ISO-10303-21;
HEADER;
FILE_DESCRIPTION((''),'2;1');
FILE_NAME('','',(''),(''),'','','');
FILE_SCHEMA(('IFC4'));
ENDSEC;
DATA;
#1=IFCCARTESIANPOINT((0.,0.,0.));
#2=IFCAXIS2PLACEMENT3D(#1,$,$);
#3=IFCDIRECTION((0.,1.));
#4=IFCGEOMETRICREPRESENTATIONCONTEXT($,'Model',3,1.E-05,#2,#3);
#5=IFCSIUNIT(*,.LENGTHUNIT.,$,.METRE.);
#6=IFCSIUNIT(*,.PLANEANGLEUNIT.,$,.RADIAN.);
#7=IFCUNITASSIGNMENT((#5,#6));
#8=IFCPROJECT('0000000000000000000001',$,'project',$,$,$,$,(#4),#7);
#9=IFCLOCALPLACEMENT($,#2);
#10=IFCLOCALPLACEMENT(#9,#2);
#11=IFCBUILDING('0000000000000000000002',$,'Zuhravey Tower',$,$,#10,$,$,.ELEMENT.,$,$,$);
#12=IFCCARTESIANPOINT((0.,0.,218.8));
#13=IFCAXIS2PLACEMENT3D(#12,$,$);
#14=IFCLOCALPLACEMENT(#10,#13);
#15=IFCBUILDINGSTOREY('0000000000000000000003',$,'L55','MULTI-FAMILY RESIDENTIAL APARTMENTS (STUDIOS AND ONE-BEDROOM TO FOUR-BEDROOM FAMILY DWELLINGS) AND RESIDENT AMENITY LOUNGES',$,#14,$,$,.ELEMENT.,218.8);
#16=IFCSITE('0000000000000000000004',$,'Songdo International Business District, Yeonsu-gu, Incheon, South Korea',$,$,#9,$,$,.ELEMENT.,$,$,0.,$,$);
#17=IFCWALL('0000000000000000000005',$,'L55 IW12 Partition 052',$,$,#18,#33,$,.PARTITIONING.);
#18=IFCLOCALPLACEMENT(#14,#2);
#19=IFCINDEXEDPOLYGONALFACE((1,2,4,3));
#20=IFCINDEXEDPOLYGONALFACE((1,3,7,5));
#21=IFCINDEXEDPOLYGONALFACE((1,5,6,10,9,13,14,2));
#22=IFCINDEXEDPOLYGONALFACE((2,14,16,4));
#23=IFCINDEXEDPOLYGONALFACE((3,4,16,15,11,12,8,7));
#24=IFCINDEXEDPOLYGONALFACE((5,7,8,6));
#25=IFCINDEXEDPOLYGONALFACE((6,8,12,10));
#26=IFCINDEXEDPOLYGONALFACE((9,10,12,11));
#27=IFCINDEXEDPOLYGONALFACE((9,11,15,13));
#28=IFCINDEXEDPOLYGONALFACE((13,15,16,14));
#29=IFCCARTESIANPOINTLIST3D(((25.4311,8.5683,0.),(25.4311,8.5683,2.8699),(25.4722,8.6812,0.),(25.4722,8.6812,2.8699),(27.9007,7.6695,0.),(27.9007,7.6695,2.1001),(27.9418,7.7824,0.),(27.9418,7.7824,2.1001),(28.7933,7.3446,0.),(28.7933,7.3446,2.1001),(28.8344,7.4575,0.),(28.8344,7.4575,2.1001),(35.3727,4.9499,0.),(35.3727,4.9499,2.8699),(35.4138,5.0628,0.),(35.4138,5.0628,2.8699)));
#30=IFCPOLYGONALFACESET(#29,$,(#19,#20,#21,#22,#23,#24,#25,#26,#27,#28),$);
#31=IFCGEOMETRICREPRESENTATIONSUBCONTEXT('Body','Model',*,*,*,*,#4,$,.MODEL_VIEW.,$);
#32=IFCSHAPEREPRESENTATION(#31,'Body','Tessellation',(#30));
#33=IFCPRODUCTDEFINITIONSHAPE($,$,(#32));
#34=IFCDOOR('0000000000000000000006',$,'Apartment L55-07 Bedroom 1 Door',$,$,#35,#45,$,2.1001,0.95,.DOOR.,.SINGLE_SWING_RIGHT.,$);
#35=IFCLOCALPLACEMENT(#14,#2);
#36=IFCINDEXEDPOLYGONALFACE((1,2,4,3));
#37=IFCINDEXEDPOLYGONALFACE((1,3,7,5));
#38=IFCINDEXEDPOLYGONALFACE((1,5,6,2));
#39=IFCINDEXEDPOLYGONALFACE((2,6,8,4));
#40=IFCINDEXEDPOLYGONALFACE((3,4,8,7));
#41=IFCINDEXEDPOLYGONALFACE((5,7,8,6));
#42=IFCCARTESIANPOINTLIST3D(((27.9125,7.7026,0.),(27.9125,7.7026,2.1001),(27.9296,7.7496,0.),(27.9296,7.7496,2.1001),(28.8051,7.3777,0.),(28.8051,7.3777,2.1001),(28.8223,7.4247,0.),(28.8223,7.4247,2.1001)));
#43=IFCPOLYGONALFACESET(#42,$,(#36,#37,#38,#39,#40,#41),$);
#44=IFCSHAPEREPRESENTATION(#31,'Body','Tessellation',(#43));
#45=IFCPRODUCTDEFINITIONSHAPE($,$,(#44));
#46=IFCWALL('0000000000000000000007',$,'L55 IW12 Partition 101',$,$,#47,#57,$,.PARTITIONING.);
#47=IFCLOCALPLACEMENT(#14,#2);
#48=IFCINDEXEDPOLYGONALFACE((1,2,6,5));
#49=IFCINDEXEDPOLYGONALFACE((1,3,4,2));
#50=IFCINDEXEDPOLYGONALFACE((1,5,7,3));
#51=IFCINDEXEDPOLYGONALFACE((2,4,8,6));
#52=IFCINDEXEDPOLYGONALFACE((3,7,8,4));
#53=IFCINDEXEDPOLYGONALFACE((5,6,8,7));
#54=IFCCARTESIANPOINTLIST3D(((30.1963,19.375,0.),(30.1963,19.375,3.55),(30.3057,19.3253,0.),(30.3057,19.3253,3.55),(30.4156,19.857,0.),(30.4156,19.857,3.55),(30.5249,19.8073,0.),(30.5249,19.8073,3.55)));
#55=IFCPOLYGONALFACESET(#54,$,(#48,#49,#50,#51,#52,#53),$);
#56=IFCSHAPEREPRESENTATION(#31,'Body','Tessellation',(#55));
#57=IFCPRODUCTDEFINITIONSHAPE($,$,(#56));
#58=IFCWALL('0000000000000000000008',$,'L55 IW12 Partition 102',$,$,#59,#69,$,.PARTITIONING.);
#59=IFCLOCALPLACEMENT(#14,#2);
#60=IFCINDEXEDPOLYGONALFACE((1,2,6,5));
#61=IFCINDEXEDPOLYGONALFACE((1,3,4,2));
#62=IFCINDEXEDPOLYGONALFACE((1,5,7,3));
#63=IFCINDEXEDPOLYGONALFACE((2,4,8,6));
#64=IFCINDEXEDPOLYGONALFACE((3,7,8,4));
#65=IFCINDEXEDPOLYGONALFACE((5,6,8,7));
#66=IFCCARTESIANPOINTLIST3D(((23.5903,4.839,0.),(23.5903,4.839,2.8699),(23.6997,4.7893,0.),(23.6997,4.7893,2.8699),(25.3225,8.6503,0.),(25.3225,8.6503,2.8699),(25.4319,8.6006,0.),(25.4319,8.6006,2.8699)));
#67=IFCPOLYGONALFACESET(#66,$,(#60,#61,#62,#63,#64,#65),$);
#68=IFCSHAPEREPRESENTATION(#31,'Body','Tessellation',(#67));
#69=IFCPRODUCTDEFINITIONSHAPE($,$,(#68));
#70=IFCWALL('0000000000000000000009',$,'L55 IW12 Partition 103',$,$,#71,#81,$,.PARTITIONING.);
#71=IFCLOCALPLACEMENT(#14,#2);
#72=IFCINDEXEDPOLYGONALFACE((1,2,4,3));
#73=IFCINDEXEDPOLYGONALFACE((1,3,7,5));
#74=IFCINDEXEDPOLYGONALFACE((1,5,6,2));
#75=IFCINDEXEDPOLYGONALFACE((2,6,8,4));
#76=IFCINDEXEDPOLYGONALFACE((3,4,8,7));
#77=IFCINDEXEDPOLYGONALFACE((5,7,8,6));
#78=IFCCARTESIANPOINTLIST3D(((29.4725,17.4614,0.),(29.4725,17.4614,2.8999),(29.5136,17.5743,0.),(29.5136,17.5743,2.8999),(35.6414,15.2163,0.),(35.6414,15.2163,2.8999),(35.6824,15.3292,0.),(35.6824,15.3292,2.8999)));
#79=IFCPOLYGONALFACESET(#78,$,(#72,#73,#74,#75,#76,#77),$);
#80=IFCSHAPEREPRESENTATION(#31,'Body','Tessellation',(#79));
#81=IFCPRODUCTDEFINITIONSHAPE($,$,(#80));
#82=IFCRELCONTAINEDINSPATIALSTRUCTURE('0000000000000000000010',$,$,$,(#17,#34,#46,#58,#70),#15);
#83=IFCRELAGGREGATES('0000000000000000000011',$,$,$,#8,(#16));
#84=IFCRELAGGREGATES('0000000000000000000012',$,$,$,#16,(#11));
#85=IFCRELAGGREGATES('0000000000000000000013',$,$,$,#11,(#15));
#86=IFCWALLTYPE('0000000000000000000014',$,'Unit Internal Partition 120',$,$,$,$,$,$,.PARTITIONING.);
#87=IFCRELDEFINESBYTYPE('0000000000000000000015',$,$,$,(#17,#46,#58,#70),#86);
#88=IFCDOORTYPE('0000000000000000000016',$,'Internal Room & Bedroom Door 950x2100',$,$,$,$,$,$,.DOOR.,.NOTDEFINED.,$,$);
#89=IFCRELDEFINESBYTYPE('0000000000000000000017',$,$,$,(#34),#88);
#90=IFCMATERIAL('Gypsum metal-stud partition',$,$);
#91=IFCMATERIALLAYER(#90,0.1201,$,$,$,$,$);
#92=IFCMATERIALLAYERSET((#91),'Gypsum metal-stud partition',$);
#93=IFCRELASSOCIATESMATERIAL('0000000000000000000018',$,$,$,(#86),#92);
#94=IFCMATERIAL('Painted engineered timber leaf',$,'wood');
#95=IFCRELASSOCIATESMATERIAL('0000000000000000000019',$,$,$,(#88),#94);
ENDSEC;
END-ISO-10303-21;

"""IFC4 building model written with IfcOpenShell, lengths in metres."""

from ifc_helpers import new_model, si_unit, direction, frame, frame_2d, origin, place, context, subcontext, project, spatial, rectangle, extrude, material, layer, layer_set, type_object, element, fill, save


model = new_model("IFC4")

# Units and contexts
model_context = context("Model", 3, precision=1e-05, world=origin(), true_north=direction((0.0, 1.0)))
body_context = subcontext(model_context, "Body", "Model", "MODEL_VIEW")
ifc_project = project(units=[si_unit("LENGTHUNIT", "METRE"), si_unit("PLANEANGLEUNIT", "RADIAN")], contexts=[model_context])

# Site, building, storey
site_placement = place(None, origin())
site = spatial("IfcSite", under=ifc_project, at=site_placement, Name="Songdo International Business District, Yeonsu-gu, Incheon, South Korea", CompositionType="ELEMENT", RefElevation=0.0)
building_placement = place(site_placement, origin())
building = spatial("IfcBuilding", under=site, at=building_placement, Name="Zuhravey Tower", CompositionType="ELEMENT")
storey_placement = place(building_placement, frame((0.0, 0.0, 218.8)))
storey = spatial("IfcBuildingStorey", under=building, at=storey_placement, Name="L55", Description="MULTI-FAMILY RESIDENTIAL APARTMENTS (STUDIOS AND ONE-BEDROOM TO FOUR-BEDROOM FAMILY DWELLINGS) AND RESIDENT AMENITY LOUNGES", CompositionType="ELEMENT", Elevation=218.8)

# Shared definitions
ifc_material_1 = material(Name="Gypsum metal-stud partition")
ifc_layer_1 = layer(ifc_material_1, 0.1201)
ifc_layer_set_1 = layer_set([ifc_layer_1], Name="Gypsum metal-stud partition")
wall_type_1 = type_object("IfcWallType", Name="Unit Internal Partition 120", PredefinedType="PARTITIONING", material=ifc_layer_set_1)
ifc_material_2 = material(Name="Painted engineered timber leaf", Category="wood")
door_type_1 = type_object("IfcDoorType", Name="Internal Room & Bedroom Door 950x2100", OperationType="NOTDEFINED", PredefinedType="DOOR", material=ifc_material_2)

# Wall, opening, door
wall_1_placement = place(storey_placement, frame((25.4517, 8.6248, 0.0), z_axis=(0.0, 0.0, 1.0), x_axis=(0.939694, -0.342015, 0.0)))
wall_1 = element("IfcWall", 1, at=wall_1_placement, inside=storey, type_object=wall_type_1, Name="L55 IW12 Partition 052", PredefinedType="PARTITIONING", context=body_context, shape_type="SweptSolid", body=[
    extrude(rectangle(XDim=10.5796, YDim=0.1201, at=frame_2d((5.2898, 0.0))), origin(), (0.0, 0.0, 1.0), 2.8699),
])
opening_1_placement = place(wall_1_placement, frame((2.6279, 0.0, 0.0)))
opening_1 = element("IfcOpeningElement", 2, at=opening_1_placement, cuts=wall_1, PredefinedType="OPENING", context=body_context, shape_type="SweptSolid", body=[
    extrude(rectangle(XDim=0.95, YDim=2.1001, at=frame_2d((0.4751, 1.05))), frame((0.0, 0.072, 0.0), z_axis=(0.0, -1.0, 0.0), x_axis=(1.0, 0.0, 0.0)), (0.0, 0.0, 1.0), 0.144),
])
door_1_placement = place(opening_1_placement, frame((0.95, 0.0, 0.0), z_axis=(0.0, 0.0, 1.0), x_axis=(-1.0, 0.0, 0.0)))
door_1 = element("IfcDoor", 3, at=door_1_placement, inside=storey, type_object=door_type_1, Name="Apartment L55-07 Bedroom 1 Door", OperationType="SINGLE_SWING_RIGHT", OverallHeight=2.1001, OverallWidth=0.95, PredefinedType="DOOR", context=body_context, shape_type="SweptSolid", body=[
    extrude(rectangle(XDim=0.95, YDim=2.1001, at=frame_2d((0.4751, 1.05))), frame((0.0, 0.0249, 0.0), z_axis=(0.0, -1.0, 0.0), x_axis=(1.0, 0.0, 0.0)), (0.0, 0.0, 1.0), 0.05),
])
fill(opening_1, door_1)

# Walls
wall_2_placement = place(storey_placement, frame((30.4702, 19.832, 0.0), z_axis=(0.0, 0.0, 1.0), x_axis=(-0.414081, -0.91024, 0.0)))
element("IfcWall", 4, at=wall_2_placement, inside=storey, type_object=wall_type_1, Name="L55 IW12 Partition 101", PredefinedType="PARTITIONING", context=body_context, shape_type="SweptSolid", body=[
    extrude(rectangle(XDim=0.5295, YDim=0.1201, at=frame_2d((0.2646, 0.0))), origin(), (0.0, 0.0, 1.0), 3.55),
])
wall_3_placement = place(storey_placement, frame((25.3772, 8.6255, 0.0), z_axis=(0.0, 0.0, 1.0), x_axis=(-0.413759, -0.910386, 0.0)))
element("IfcWall", 5, at=wall_3_placement, inside=storey, type_object=wall_type_1, Name="L55 IW12 Partition 102", PredefinedType="PARTITIONING", context=body_context, shape_type="SweptSolid", body=[
    extrude(rectangle(XDim=4.1865, YDim=0.1201, at=frame_2d((2.0933, 0.0))), origin(), (0.0, 0.0, 1.0), 2.8699),
])
wall_4_placement = place(storey_placement, frame((29.4932, 17.5178, 0.0), z_axis=(0.0, 0.0, 1.0), x_axis=(0.939702, -0.341994, 0.0)))
element("IfcWall", 6, at=wall_4_placement, inside=storey, type_object=wall_type_1, Name="L55 IW12 Partition 103", PredefinedType="PARTITIONING", context=body_context, shape_type="SweptSolid", body=[
    extrude(rectangle(XDim=6.5647, YDim=0.1201, at=frame_2d((3.2822, 0.0))), origin(), (0.0, 0.0, 1.0), 2.8999),
])

save(model, "model.ifc")
